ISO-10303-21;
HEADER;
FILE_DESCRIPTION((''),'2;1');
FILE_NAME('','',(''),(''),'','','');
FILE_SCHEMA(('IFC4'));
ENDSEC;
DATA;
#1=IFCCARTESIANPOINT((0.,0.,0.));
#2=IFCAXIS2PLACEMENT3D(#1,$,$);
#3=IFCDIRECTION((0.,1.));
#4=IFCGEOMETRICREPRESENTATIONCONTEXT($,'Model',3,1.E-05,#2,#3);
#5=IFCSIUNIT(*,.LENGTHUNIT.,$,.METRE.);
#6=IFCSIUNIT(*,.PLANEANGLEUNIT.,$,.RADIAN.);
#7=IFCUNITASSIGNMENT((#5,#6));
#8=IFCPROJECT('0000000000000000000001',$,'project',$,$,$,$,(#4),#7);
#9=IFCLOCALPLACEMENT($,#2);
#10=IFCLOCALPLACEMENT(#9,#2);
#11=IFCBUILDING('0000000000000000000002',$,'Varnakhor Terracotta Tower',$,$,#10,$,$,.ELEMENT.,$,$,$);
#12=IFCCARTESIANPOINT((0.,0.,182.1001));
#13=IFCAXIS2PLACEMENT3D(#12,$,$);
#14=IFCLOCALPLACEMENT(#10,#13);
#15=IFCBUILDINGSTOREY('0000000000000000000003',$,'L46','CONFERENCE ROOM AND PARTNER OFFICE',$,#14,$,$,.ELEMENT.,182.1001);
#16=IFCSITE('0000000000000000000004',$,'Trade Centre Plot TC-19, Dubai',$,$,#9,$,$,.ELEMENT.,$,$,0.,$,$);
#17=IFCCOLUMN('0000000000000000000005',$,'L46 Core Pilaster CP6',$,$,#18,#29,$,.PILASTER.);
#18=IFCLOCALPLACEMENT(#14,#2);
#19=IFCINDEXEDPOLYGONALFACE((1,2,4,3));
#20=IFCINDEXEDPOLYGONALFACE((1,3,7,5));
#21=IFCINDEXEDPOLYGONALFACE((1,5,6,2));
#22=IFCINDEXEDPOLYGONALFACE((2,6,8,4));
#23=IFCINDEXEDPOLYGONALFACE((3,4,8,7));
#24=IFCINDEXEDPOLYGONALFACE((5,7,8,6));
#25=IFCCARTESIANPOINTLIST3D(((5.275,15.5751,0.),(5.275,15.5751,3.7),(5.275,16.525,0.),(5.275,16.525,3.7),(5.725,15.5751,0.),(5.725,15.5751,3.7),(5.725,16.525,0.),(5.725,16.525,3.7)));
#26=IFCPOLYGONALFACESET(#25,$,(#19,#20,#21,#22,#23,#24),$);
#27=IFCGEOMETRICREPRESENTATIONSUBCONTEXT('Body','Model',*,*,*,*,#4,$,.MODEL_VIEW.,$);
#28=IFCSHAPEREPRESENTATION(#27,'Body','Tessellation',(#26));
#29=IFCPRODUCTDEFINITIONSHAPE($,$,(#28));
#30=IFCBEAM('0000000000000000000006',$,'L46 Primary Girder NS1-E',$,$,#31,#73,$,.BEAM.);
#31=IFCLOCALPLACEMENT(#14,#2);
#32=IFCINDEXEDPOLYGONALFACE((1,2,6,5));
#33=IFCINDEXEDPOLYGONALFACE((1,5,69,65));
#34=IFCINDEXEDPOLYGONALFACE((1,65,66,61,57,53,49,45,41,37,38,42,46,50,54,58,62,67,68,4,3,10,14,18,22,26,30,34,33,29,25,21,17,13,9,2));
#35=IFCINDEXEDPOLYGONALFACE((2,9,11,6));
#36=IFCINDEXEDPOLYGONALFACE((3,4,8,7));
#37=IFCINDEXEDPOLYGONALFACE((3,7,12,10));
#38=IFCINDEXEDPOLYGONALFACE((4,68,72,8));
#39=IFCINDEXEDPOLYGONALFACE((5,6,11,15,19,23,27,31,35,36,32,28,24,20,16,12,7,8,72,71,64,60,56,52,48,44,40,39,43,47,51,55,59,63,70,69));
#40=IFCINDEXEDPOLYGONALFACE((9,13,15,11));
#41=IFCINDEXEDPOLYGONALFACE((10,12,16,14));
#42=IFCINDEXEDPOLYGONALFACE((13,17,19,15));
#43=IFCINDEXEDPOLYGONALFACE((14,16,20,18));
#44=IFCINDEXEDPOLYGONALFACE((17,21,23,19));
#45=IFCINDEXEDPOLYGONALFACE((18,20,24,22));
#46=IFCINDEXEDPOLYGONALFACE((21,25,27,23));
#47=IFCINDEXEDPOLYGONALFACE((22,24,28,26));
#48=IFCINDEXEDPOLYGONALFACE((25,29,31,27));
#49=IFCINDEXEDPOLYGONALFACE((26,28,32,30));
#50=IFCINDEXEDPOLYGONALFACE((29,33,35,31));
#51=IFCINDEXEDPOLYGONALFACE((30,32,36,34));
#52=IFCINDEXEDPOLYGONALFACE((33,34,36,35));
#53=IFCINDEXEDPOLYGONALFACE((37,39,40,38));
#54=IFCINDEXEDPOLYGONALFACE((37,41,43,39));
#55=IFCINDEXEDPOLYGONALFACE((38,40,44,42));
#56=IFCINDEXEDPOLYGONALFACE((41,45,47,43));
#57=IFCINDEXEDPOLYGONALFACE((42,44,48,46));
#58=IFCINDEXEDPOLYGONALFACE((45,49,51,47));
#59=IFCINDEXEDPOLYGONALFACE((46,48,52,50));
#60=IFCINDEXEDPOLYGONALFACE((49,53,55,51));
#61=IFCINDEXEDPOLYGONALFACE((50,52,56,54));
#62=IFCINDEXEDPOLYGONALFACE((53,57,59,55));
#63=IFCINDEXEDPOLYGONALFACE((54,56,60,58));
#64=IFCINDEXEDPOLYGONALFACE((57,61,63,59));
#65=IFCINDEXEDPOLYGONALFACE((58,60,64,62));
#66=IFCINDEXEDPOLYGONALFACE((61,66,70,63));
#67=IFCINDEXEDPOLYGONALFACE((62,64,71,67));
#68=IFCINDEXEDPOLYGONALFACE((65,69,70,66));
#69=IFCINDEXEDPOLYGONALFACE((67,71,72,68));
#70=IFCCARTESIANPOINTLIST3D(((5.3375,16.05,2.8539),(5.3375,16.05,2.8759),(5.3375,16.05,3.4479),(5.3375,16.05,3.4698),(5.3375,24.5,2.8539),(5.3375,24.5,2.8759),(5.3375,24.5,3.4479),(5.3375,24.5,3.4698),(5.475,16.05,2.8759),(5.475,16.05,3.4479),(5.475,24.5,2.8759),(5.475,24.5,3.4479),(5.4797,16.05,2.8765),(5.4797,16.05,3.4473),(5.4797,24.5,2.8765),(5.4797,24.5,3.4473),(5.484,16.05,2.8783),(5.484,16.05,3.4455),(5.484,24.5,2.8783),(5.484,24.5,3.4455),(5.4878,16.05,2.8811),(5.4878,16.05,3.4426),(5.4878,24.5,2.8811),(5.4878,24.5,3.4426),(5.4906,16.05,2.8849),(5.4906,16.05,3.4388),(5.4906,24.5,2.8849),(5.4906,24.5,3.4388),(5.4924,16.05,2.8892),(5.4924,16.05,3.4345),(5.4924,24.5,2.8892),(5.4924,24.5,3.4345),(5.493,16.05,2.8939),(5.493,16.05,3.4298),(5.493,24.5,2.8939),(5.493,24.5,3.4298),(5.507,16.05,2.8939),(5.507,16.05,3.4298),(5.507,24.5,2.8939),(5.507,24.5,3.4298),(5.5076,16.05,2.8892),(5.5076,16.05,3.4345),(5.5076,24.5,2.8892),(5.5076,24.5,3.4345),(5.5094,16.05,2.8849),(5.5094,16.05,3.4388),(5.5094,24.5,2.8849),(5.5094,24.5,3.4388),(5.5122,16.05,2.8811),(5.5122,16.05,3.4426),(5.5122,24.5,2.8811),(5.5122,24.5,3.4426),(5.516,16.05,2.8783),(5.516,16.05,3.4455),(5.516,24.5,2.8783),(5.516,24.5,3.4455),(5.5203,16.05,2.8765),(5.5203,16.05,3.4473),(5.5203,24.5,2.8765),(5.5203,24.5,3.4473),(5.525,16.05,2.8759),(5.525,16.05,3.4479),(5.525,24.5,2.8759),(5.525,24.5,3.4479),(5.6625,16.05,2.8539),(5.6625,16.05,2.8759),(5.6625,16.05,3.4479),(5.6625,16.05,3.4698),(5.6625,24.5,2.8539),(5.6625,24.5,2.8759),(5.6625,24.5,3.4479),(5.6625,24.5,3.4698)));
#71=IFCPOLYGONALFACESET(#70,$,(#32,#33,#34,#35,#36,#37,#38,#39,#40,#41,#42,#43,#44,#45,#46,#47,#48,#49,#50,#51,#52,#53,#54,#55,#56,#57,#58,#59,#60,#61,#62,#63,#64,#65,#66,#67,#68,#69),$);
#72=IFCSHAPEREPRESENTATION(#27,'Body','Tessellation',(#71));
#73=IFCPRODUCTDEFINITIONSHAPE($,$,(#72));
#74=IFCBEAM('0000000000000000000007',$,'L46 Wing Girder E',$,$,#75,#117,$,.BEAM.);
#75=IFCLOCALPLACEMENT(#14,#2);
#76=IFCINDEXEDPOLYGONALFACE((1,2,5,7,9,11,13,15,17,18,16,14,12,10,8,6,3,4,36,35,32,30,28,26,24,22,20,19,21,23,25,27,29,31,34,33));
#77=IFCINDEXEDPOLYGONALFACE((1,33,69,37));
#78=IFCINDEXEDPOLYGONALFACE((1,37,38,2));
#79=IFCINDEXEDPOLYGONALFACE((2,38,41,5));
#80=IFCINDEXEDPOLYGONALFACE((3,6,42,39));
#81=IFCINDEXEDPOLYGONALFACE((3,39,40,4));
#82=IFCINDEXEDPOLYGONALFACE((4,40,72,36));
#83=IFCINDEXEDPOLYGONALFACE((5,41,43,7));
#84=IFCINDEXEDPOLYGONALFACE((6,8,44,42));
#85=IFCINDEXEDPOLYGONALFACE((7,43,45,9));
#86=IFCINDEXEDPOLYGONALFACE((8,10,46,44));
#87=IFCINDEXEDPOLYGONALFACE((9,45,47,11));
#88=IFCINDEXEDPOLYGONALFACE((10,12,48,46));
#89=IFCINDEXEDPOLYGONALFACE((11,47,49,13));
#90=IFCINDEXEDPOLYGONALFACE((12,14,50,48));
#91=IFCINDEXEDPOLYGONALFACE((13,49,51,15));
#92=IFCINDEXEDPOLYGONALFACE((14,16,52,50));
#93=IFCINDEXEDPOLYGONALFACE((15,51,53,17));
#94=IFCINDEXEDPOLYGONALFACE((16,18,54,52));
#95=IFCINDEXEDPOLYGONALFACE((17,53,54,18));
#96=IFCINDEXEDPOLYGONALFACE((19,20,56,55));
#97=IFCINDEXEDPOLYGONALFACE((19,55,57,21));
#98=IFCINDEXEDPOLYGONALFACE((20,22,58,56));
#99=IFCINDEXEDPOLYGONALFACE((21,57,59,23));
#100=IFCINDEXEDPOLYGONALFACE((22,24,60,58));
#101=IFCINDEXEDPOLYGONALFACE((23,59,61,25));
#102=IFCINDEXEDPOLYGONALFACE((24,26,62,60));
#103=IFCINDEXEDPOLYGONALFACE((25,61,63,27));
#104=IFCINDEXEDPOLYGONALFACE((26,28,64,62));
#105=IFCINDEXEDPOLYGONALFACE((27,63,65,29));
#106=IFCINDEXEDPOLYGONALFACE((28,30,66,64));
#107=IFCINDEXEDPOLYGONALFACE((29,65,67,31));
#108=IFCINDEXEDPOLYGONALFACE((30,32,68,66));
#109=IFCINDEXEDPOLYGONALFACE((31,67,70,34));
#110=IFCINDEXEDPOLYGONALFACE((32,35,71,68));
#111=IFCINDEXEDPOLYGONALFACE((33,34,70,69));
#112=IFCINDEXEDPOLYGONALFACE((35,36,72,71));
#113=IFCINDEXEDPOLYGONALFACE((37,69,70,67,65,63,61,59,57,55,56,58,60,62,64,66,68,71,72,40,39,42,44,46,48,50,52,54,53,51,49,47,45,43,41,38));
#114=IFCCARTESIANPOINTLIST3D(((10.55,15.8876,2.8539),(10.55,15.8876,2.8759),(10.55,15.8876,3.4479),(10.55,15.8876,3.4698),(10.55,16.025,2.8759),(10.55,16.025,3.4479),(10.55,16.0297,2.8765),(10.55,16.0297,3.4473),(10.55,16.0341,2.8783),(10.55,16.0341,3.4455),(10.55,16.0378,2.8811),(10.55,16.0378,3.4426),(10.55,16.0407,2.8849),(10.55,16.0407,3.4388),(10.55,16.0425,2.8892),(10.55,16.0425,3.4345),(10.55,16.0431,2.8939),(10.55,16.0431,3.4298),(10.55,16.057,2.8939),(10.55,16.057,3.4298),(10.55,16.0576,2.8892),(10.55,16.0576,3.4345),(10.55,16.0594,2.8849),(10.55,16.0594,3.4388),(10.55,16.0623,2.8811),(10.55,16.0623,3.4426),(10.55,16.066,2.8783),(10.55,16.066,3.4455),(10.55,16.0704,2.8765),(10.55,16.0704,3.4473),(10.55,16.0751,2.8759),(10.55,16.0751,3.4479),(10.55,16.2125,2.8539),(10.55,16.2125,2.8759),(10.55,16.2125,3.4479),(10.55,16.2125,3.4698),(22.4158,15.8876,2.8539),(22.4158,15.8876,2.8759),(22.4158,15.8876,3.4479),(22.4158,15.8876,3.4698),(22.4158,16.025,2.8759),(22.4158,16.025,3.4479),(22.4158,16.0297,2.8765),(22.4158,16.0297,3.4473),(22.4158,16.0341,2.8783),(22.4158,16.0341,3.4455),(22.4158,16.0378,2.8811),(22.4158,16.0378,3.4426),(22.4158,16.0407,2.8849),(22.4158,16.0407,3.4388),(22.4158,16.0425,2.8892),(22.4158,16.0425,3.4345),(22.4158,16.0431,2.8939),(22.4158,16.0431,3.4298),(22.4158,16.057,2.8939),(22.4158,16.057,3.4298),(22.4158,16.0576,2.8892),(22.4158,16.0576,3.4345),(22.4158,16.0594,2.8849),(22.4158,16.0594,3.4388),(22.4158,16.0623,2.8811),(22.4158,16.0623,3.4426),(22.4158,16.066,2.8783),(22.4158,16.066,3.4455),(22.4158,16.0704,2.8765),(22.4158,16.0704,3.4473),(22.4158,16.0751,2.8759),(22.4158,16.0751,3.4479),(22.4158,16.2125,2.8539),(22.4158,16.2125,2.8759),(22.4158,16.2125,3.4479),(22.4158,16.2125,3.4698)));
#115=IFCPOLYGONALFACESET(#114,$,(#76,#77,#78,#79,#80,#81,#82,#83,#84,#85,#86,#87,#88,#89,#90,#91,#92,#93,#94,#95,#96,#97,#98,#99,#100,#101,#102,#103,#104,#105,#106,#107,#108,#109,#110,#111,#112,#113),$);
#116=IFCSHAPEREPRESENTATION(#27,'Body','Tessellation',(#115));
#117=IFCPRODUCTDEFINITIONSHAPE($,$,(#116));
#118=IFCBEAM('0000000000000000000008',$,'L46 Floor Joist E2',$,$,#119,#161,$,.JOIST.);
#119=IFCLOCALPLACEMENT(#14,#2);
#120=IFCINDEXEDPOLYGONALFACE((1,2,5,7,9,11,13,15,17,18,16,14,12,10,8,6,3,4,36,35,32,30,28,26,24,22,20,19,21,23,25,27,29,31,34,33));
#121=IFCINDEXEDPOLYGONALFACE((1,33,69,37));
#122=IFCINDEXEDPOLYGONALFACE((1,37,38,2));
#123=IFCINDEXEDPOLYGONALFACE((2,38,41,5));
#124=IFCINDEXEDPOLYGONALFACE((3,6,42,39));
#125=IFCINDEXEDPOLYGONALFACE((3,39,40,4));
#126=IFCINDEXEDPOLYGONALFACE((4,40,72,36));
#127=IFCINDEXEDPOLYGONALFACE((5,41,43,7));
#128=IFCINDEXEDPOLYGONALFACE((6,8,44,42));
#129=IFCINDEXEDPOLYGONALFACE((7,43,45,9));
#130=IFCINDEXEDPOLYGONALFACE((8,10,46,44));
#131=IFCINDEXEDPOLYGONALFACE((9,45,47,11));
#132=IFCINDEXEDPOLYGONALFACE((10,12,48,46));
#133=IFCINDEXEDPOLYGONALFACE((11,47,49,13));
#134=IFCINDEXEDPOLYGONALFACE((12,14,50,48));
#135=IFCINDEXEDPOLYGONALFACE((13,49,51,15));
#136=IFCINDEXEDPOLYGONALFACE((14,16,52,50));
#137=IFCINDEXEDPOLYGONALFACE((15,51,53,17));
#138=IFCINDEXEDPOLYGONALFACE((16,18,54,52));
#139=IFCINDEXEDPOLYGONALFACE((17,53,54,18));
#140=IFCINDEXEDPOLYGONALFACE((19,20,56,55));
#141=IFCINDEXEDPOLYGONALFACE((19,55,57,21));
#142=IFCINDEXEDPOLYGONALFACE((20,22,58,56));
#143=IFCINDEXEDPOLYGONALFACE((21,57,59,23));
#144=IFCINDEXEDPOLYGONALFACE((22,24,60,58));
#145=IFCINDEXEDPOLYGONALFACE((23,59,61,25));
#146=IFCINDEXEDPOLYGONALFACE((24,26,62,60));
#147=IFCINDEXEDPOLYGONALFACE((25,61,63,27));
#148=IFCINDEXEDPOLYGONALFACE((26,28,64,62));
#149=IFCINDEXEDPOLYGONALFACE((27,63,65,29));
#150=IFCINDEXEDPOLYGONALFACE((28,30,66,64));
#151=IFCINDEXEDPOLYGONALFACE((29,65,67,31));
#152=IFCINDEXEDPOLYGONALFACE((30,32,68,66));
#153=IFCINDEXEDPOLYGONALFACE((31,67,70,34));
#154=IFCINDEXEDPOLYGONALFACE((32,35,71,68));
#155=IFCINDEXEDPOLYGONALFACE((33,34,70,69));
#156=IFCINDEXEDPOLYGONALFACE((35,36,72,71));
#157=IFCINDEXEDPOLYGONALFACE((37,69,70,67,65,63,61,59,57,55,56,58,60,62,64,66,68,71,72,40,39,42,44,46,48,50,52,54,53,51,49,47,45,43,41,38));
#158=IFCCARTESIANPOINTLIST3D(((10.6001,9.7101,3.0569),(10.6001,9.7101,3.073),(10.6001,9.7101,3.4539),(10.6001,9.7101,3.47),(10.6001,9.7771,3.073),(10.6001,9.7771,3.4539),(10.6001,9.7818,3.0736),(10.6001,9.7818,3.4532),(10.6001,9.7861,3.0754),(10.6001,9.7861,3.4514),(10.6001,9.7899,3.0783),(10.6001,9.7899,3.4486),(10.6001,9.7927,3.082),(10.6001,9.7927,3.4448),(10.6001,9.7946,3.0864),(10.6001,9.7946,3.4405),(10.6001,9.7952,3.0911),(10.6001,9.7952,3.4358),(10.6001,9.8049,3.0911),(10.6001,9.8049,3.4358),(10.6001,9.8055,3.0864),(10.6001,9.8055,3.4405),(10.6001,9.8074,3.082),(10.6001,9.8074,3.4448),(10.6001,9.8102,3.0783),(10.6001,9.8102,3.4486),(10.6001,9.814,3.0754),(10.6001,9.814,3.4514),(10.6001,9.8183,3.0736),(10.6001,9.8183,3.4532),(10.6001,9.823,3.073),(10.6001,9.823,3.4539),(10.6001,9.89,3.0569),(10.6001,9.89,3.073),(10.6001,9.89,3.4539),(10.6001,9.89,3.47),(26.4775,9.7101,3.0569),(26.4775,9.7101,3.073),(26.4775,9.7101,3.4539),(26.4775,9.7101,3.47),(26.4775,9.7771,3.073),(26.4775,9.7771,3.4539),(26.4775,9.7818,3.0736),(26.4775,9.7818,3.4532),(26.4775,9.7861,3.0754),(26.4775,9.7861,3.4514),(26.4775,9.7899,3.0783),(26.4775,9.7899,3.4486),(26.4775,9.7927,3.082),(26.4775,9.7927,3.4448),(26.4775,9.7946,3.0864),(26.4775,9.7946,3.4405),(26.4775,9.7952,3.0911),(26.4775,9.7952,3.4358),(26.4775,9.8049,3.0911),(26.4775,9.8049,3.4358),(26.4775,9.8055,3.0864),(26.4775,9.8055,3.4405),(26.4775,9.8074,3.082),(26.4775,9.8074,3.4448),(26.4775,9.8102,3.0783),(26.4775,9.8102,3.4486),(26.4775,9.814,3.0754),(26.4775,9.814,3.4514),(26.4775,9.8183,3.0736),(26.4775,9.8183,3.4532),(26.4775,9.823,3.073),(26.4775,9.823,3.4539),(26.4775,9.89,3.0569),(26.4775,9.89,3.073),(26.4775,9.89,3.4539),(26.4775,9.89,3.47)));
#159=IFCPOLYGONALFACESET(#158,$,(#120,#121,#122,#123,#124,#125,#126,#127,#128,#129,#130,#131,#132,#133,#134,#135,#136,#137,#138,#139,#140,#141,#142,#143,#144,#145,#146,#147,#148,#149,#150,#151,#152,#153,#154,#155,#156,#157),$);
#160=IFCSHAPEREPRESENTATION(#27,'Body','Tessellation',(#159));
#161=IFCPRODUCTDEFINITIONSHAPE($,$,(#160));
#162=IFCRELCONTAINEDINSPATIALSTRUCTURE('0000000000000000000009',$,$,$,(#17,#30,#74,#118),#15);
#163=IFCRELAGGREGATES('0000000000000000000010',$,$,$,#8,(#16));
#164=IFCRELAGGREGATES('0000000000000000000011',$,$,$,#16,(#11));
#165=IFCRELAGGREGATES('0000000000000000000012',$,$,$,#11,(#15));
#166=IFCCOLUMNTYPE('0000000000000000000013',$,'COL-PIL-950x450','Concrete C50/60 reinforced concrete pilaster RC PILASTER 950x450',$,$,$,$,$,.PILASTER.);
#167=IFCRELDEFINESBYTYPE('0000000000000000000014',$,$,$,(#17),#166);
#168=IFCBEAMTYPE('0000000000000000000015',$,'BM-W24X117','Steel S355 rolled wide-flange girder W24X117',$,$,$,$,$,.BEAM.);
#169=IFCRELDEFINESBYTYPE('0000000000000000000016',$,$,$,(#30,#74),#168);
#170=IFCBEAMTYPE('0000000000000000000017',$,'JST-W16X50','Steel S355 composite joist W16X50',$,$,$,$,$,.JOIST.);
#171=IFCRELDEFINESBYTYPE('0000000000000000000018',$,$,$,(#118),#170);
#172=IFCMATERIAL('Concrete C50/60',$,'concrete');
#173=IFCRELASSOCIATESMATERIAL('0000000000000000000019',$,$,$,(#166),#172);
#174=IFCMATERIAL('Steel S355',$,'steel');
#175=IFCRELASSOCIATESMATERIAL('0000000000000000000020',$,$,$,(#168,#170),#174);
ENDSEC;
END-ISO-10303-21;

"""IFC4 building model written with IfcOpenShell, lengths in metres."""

from ifc_helpers import new_model, si_unit, direction, frame, origin, origin_2d, place, context, subcontext, project, spatial, rectangle, i_section, extrude, source, transform, mapped, material, material_profile, profile_set, type_object, type_shapes, element, save


model = new_model("IFC4")

# Units and contexts
model_context = context("Model", 3, precision=1e-05, world=origin(), true_north=direction((0.0, 1.0)))
body_context = subcontext(model_context, "Body", "Model", "MODEL_VIEW")
ifc_project = project(units=[si_unit("LENGTHUNIT", "METRE"), si_unit("PLANEANGLEUNIT", "RADIAN")], contexts=[model_context])

# Site, building, storey
site_placement = place(None, origin())
site = spatial("IfcSite", under=ifc_project, at=site_placement, Name="Trade Centre Plot TC-19, Dubai", CompositionType="ELEMENT", RefElevation=0.0)
building_placement = place(site_placement, origin())
building = spatial("IfcBuilding", under=site, at=building_placement, Name="Varnakhor Terracotta Tower", CompositionType="ELEMENT")
storey_placement = place(building_placement, frame((0.0, 0.0, 182.1001)))
storey = spatial("IfcBuildingStorey", under=building, at=storey_placement, Name="L46", Description="CONFERENCE ROOM AND PARTNER OFFICE", CompositionType="ELEMENT", Elevation=182.1001)

# Column
ifc_material_1 = material(Name="Concrete C50/60", Category="concrete")
ifc_material_profile_1 = material_profile(ifc_material_1, rectangle(XDim=0.45, YDim=0.95, at=origin_2d()), Name="RC PILASTER 950x450")
ifc_profile_set_1 = profile_set([ifc_material_profile_1], Name="Concrete C50/60")
column_type = type_object("IfcColumnType", Name="COL-PIL-950x450", Description="Concrete C50/60 reinforced concrete pilaster RC PILASTER 950x450", PredefinedType="PILASTER", material=ifc_profile_set_1)
shared_shape_1 = source(origin(), body_context, "Body", "SweptSolid", [
    extrude(rectangle(XDim=0.45, YDim=0.95, at=origin_2d()), origin(), (0.0, 0.0, 1.0), 3.7),
])
column_placement = place(storey_placement, frame((5.5, 16.05, 0.0), z_axis=(0.0, 0.0, 1.0), x_axis=(1.0, 0.0, 0.0)))
element("IfcColumn", 1, at=column_placement, inside=storey, type_object=column_type, Name="L46 Core Pilaster CP6", PredefinedType="PILASTER", context=body_context, shape_type="MappedRepresentation", body=[
    mapped(shared_shape_1, transform((0.0, 0.0, 0.0), scale=1.0)),
])

# Beams
ifc_material_2 = material(Name="Steel S355", Category="steel")
ifc_material_profile_2 = material_profile(ifc_material_2, i_section(OverallWidth=0.325, OverallDepth=0.616, WebThickness=0.0139, FlangeThickness=0.022, FilletRadius=0.0181, at=origin_2d()), Name="W24X117")
ifc_profile_set_2 = profile_set([ifc_material_profile_2], Name="Steel S355")
beam_type_1 = type_object("IfcBeamType", Name="BM-W24X117", Description="Steel S355 rolled wide-flange girder W24X117", PredefinedType="BEAM", material=ifc_profile_set_2)
shared_shape_2 = source(origin(), body_context, "Body", "SweptSolid", [
    extrude(i_section(OverallWidth=0.325, OverallDepth=0.616, WebThickness=0.0139, FlangeThickness=0.022, FilletRadius=0.0181, at=origin_2d()), origin(), (0.0, 0.0, 1.0), 8.45),
])
type_shapes(beam_type_1, [shared_shape_2])
beam_1_placement = place(storey_placement, frame((5.5, 16.05, 3.1619), z_axis=(0.0, 1.0, 0.0), x_axis=(-1.0, 0.0, 0.0)))
element("IfcBeam", 2, at=beam_1_placement, inside=storey, type_object=beam_type_1, Name="L46 Primary Girder NS1-E", PredefinedType="BEAM", context=body_context, shape_type="MappedRepresentation", body=[
    mapped(shared_shape_2, transform((0.0, 0.0, 0.0), scale=1.0)),
])
shared_shape_3 = source(origin(), body_context, "Body", "SweptSolid", [
    extrude(i_section(OverallWidth=0.325, OverallDepth=0.616, WebThickness=0.0139, FlangeThickness=0.022, FilletRadius=0.0181, at=origin_2d()), origin(), (0.0, 0.0, 1.0), 11.8657),
])
beam_2_placement = place(storey_placement, frame((10.55, 16.05, 3.1619), z_axis=(1.0, 0.0, 0.0), x_axis=(0.0, 1.0, 0.0)))
element("IfcBeam", 3, at=beam_2_placement, inside=storey, type_object=beam_type_1, Name="L46 Wing Girder E", PredefinedType="BEAM", context=body_context, shape_type="MappedRepresentation", body=[
    mapped(shared_shape_3, transform((0.0, 0.0, 0.0), scale=1.0)),
])
ifc_material_profile_3 = material_profile(ifc_material_2, i_section(OverallWidth=0.1799, OverallDepth=0.4131, WebThickness=0.0098, FlangeThickness=0.0161, FilletRadius=0.0181, at=origin_2d()), Name="W16X50")
ifc_profile_set_3 = profile_set([ifc_material_profile_3], Name="Steel S355")
beam_type_2 = type_object("IfcBeamType", Name="JST-W16X50", Description="Steel S355 composite joist W16X50", PredefinedType="JOIST", material=ifc_profile_set_3)
shared_shape_4 = source(origin(), body_context, "Body", "SweptSolid", [
    extrude(i_section(OverallWidth=0.1799, OverallDepth=0.4131, WebThickness=0.0098, FlangeThickness=0.0161, FilletRadius=0.0181, at=origin_2d()), origin(), (0.0, 0.0, 1.0), 15.8774),
])
beam_3_placement = place(storey_placement, frame((10.6001, 9.8, 3.2634), z_axis=(1.0, 0.0, 0.0), x_axis=(0.0, 1.0, 0.0)))
element("IfcBeam", 4, at=beam_3_placement, inside=storey, type_object=beam_type_2, Name="L46 Floor Joist E2", PredefinedType="JOIST", context=body_context, shape_type="MappedRepresentation", body=[
    mapped(shared_shape_4, transform((0.0, 0.0, 0.0), scale=1.0)),
])

save(model, "model.ifc")
